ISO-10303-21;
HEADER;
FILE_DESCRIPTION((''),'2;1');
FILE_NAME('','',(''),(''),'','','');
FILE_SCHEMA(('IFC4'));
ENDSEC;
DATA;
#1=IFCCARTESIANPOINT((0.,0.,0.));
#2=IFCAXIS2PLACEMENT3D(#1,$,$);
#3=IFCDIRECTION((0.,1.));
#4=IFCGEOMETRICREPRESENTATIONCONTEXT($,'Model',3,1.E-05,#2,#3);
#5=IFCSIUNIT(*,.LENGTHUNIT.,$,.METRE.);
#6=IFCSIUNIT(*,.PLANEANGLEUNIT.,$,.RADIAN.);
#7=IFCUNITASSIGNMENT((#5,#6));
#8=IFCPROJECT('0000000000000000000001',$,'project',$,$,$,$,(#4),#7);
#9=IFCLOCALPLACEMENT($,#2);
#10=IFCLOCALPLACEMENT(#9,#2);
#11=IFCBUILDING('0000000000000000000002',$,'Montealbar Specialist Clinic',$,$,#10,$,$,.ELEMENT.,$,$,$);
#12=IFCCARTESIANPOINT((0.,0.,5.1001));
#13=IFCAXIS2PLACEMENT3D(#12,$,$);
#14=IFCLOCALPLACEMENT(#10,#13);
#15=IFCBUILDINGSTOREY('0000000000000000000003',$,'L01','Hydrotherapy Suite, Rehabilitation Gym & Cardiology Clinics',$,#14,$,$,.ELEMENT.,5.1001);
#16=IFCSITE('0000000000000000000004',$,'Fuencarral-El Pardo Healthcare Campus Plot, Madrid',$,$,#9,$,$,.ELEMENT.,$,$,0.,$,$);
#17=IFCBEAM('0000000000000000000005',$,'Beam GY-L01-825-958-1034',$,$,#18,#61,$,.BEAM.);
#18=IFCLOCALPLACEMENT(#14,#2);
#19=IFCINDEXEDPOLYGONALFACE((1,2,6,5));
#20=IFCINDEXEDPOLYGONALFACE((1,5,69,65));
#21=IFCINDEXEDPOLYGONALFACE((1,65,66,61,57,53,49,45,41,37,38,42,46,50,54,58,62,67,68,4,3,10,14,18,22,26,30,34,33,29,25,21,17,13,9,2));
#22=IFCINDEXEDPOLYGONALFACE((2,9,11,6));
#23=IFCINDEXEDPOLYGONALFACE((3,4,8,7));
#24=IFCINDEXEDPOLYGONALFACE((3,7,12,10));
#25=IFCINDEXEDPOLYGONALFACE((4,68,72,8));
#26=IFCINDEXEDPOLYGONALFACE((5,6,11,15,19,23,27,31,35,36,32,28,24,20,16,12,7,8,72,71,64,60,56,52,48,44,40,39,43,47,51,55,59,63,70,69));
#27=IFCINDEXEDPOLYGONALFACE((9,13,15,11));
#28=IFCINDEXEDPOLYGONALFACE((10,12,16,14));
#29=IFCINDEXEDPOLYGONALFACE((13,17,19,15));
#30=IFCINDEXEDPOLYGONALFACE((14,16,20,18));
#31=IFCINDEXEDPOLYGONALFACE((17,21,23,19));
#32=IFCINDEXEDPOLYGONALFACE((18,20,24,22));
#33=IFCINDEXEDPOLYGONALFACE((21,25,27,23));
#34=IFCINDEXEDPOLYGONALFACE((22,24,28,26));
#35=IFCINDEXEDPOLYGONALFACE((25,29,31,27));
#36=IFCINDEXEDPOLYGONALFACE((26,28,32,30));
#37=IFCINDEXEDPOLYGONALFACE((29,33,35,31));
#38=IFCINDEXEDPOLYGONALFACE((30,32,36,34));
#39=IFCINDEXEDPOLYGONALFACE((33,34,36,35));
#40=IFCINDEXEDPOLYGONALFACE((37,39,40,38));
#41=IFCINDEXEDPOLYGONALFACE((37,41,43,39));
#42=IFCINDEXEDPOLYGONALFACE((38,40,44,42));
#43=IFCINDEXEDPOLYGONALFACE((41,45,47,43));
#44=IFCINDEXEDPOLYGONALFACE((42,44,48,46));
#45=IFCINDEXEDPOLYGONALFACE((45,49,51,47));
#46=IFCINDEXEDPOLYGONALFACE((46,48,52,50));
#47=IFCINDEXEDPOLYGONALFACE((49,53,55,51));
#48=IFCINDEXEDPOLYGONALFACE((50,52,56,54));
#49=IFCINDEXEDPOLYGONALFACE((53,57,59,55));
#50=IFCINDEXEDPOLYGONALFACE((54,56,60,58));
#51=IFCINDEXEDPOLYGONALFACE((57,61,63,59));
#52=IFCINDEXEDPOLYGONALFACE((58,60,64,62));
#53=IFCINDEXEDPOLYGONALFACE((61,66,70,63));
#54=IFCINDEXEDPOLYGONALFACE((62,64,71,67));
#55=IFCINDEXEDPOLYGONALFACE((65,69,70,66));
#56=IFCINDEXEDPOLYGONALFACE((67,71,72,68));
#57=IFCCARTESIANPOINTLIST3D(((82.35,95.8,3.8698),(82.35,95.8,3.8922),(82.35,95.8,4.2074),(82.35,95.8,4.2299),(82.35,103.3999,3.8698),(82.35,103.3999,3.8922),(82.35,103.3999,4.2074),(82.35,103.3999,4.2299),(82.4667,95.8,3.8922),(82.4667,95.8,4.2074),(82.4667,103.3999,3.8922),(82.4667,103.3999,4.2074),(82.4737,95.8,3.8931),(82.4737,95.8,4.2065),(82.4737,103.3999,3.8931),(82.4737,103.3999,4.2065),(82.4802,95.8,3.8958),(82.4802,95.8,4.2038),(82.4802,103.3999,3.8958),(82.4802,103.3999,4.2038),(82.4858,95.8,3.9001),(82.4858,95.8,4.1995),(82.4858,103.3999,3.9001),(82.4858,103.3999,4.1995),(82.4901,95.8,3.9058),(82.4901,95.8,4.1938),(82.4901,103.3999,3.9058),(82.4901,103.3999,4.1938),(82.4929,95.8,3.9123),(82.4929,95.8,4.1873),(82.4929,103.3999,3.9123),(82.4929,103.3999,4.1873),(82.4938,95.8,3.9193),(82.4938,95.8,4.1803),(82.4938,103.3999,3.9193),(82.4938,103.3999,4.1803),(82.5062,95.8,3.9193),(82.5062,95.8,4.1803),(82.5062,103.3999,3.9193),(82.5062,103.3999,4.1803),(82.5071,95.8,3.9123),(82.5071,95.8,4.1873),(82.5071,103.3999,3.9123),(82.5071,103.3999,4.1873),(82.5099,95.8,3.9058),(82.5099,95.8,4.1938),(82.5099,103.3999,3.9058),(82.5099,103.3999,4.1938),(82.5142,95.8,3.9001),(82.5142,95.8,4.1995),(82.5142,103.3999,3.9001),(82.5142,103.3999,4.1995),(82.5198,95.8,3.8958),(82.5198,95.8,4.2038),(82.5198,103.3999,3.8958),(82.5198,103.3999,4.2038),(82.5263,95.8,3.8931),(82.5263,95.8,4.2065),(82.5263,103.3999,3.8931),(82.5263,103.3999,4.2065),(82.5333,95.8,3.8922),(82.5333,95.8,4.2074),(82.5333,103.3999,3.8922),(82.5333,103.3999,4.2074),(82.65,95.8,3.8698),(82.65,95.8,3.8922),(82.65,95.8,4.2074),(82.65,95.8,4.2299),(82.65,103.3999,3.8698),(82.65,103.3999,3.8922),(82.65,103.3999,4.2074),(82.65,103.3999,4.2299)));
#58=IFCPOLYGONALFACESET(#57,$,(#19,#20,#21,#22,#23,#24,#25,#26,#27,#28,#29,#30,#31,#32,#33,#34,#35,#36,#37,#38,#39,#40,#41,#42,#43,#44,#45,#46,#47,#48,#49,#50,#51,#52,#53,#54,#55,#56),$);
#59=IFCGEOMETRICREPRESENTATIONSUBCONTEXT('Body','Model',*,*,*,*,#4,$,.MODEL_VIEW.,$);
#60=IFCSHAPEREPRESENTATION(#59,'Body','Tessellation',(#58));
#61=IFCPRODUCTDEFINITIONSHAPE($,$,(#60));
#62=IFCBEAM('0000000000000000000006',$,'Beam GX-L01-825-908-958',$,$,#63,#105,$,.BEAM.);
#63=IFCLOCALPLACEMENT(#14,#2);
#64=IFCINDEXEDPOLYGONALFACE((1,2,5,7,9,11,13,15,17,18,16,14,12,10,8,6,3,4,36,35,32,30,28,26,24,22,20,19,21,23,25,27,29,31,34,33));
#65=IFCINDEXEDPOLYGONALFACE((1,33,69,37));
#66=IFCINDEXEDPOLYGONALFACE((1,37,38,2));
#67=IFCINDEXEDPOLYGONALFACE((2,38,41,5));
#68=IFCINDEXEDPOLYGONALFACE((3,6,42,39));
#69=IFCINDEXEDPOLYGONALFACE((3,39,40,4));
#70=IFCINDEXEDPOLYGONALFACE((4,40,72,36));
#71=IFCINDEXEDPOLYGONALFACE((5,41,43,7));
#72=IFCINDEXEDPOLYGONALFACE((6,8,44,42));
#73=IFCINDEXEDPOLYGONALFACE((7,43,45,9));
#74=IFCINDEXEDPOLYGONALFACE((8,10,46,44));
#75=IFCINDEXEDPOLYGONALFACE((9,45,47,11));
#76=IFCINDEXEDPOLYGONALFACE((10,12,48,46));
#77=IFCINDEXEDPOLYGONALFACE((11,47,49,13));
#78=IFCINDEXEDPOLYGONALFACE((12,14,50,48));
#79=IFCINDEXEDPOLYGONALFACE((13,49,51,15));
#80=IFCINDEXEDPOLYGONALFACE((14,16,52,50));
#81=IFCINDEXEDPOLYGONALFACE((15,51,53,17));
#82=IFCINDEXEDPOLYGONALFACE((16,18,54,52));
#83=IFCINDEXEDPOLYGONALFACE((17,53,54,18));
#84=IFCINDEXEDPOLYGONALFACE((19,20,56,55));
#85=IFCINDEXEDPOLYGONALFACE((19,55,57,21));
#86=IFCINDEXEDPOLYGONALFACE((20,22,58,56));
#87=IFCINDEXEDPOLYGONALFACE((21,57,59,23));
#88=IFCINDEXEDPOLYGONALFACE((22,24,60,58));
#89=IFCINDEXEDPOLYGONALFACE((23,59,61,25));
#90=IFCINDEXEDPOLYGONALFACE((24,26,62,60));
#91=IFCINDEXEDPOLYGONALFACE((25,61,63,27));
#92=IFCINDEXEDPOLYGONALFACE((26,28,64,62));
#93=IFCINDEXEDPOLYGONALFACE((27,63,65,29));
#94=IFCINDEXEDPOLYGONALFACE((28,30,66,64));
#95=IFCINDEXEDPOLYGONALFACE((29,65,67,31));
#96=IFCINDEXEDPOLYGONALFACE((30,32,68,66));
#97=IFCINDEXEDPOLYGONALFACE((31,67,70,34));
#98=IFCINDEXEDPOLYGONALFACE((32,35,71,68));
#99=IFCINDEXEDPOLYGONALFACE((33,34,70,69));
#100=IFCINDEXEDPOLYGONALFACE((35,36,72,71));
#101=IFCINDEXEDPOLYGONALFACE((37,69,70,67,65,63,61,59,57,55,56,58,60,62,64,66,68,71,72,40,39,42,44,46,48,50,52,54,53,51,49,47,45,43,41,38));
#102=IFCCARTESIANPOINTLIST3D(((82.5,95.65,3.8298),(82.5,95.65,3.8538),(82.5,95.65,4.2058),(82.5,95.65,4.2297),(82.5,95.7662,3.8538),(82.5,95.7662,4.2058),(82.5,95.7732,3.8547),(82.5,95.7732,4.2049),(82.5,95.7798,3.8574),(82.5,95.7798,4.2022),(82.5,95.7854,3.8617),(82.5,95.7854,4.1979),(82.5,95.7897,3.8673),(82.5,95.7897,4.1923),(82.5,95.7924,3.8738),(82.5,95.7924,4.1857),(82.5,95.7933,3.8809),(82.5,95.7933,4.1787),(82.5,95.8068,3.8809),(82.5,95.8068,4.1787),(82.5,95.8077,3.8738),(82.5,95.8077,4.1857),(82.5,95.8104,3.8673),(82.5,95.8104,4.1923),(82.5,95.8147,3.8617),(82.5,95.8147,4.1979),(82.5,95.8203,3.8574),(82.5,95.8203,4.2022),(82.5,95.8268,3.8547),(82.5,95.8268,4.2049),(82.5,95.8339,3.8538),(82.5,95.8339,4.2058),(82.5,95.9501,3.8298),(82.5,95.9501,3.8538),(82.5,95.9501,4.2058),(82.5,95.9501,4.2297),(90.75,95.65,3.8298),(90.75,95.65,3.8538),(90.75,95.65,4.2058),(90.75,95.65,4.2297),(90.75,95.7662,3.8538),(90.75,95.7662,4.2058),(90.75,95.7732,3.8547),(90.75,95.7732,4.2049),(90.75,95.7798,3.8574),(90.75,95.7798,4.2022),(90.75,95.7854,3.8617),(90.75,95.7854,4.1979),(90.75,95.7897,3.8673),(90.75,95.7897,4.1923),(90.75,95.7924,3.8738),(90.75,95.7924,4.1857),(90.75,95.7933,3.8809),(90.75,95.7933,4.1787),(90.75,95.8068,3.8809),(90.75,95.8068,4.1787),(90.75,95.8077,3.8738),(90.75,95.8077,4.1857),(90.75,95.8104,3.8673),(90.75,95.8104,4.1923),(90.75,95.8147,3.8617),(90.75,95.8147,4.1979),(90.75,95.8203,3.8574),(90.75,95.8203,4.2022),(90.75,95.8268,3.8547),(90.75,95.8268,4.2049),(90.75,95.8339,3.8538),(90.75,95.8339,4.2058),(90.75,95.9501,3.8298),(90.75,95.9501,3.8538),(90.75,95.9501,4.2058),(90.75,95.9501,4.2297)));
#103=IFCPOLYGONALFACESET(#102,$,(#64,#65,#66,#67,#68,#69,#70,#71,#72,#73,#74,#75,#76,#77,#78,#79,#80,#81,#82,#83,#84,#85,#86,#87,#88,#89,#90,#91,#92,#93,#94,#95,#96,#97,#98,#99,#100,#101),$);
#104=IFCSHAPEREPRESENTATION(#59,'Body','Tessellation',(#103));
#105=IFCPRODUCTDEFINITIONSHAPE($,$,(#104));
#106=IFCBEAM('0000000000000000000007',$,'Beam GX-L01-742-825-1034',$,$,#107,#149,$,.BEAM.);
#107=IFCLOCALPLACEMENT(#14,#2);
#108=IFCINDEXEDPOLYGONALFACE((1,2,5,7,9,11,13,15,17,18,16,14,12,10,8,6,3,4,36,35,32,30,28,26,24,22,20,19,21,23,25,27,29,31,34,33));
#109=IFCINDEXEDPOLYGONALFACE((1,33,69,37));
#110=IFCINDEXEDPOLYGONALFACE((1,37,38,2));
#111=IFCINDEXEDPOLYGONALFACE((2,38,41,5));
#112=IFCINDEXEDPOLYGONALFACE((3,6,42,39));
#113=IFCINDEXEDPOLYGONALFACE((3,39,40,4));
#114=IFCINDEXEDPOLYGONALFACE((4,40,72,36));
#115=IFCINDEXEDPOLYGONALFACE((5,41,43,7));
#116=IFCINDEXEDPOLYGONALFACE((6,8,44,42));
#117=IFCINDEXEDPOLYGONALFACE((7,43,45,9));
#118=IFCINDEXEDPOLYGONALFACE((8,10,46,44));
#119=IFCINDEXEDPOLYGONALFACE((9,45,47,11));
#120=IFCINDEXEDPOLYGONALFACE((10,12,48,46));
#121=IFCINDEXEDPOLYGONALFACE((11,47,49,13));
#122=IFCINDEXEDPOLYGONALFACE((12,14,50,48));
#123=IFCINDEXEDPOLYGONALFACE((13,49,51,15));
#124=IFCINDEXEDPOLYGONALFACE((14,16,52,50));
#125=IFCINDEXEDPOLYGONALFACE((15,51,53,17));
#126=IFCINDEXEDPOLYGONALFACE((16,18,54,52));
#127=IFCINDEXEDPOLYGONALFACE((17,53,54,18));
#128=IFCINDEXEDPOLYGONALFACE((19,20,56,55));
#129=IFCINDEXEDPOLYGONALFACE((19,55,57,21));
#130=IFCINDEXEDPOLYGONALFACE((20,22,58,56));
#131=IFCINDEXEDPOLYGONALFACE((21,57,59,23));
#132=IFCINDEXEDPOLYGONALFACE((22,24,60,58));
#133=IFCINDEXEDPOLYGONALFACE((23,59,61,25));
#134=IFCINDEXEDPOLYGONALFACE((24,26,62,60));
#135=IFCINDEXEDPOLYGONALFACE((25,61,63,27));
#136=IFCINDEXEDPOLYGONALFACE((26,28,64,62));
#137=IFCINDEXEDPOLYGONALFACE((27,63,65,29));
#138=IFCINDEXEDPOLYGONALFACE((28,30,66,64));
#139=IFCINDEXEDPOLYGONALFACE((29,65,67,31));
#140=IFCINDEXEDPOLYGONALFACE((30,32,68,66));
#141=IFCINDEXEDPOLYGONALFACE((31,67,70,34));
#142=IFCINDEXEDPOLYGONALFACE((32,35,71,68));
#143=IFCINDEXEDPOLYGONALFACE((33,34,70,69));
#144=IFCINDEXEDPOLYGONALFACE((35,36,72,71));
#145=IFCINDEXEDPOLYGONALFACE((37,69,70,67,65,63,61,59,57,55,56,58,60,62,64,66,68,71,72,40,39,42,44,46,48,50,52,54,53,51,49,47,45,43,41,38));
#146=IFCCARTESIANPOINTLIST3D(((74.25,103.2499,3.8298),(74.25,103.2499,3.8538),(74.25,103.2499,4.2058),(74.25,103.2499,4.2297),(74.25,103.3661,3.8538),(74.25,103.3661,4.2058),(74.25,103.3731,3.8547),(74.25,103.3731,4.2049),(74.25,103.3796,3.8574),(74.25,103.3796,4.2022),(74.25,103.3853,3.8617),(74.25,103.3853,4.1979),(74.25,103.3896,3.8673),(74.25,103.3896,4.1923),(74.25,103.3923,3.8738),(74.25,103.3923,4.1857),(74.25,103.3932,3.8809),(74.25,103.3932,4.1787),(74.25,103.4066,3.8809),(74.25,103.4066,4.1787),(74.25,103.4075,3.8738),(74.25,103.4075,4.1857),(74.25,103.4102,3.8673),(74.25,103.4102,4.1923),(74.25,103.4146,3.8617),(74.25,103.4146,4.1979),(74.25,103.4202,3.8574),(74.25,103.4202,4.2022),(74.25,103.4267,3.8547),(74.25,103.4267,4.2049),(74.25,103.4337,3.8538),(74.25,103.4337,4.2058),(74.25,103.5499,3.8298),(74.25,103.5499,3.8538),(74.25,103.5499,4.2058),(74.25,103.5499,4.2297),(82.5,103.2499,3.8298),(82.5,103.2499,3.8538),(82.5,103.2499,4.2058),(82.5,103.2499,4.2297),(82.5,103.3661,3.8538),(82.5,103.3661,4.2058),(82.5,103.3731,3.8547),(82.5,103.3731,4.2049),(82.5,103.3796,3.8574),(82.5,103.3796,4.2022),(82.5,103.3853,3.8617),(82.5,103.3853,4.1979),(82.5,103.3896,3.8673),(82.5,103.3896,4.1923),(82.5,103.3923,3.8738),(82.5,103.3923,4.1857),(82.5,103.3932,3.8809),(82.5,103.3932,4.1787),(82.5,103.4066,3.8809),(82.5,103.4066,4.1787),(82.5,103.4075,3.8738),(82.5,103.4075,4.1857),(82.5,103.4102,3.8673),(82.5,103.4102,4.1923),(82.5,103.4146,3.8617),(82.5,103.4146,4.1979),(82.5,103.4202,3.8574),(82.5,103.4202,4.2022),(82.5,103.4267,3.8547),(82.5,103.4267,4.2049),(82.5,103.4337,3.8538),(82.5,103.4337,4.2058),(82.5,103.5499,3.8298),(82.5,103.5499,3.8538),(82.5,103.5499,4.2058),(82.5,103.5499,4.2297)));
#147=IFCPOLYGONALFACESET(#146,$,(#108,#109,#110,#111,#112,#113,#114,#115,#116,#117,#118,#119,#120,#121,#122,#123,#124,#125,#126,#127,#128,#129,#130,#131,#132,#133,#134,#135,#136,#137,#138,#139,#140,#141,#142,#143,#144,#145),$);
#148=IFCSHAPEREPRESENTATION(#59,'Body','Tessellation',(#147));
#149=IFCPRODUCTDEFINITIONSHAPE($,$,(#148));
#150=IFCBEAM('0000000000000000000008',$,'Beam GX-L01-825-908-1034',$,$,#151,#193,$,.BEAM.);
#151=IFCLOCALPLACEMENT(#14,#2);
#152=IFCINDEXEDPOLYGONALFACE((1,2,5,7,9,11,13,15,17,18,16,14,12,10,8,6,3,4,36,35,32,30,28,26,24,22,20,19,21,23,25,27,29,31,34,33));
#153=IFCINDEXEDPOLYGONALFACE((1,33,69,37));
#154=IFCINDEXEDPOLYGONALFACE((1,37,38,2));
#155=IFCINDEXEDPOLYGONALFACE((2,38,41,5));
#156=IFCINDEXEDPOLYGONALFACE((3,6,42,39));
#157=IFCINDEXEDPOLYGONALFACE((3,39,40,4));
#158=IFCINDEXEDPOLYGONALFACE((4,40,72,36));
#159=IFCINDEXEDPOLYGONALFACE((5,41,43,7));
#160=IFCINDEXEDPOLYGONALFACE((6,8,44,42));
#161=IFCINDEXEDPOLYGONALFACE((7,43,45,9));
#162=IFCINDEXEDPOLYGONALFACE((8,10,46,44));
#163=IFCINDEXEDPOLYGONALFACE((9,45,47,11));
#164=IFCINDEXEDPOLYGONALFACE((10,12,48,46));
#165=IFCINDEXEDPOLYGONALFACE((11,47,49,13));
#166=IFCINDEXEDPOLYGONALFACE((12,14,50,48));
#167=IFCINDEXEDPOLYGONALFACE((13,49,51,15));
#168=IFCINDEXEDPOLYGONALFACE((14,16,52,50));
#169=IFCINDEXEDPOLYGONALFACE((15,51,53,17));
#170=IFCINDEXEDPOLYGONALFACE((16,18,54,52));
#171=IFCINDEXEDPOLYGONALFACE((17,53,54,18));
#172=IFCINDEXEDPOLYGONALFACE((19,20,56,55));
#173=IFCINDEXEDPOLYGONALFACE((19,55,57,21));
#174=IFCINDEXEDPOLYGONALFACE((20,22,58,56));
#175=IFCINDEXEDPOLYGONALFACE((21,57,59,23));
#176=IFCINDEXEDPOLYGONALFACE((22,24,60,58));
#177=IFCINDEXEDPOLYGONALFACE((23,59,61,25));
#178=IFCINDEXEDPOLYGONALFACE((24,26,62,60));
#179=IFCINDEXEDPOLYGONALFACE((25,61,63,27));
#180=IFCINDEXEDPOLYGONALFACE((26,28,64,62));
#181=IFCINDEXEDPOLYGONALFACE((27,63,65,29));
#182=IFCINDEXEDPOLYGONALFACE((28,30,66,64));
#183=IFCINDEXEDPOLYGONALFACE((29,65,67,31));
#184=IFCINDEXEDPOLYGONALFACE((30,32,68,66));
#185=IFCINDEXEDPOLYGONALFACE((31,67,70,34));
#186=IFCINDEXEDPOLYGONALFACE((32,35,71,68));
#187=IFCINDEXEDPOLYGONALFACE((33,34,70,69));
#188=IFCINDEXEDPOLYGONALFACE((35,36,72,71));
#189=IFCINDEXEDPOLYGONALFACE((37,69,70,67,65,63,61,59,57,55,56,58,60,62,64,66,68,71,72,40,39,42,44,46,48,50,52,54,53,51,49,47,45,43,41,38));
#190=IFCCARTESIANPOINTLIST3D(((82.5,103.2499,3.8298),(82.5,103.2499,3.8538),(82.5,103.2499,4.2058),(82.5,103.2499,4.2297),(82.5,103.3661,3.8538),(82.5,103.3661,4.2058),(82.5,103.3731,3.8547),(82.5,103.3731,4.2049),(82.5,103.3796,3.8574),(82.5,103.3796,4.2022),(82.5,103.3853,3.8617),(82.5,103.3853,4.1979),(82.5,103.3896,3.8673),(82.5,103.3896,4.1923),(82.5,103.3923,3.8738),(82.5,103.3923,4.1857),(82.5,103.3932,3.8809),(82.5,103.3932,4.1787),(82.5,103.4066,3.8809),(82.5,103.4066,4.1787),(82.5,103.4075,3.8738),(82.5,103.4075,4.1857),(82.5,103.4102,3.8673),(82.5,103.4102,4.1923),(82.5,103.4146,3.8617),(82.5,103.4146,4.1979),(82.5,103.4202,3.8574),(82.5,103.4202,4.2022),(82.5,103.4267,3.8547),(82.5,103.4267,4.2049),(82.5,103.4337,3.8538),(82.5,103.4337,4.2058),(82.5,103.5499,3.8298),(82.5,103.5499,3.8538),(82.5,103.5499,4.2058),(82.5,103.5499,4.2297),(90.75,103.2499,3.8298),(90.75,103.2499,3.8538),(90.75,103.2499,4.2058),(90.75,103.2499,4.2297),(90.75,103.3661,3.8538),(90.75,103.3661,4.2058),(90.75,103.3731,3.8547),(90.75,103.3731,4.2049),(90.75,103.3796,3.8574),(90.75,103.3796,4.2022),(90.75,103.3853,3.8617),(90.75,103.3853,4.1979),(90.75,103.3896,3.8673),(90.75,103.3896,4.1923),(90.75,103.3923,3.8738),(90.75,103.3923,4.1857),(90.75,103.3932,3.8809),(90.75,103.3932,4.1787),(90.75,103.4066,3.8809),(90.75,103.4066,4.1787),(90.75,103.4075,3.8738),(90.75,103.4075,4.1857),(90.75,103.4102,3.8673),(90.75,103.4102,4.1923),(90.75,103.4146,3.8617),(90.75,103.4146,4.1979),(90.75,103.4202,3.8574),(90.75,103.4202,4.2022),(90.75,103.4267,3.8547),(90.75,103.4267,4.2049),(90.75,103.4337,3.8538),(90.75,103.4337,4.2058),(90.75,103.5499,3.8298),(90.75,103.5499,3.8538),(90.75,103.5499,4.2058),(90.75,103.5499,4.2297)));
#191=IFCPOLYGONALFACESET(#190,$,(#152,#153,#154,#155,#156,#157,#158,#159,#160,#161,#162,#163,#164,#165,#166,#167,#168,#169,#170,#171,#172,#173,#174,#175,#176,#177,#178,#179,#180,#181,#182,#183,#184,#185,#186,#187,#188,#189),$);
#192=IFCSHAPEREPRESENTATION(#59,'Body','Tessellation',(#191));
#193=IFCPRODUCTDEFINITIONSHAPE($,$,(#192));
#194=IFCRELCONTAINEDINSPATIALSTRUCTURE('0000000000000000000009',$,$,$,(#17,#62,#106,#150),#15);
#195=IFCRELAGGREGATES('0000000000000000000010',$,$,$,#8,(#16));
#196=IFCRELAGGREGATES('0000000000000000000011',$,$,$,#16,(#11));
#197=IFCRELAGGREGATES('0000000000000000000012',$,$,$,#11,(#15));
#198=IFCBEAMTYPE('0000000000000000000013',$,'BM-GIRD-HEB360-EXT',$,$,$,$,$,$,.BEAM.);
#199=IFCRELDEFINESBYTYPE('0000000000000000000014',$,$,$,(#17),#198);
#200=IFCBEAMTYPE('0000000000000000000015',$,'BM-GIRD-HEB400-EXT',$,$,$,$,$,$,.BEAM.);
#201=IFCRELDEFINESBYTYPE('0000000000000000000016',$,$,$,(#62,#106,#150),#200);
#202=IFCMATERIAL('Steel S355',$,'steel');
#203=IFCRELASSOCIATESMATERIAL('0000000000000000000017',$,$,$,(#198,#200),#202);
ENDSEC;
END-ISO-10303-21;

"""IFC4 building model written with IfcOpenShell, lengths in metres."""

from ifc_helpers import new_model, si_unit, direction, frame, origin, origin_2d, place, context, subcontext, project, spatial, i_section, extrude, material, material_profile, profile_set, type_object, element, save


model = new_model("IFC4")

# Units and contexts
model_context = context("Model", 3, precision=1e-05, world=origin(), true_north=direction((0.0, 1.0)))
body_context = subcontext(model_context, "Body", "Model", "MODEL_VIEW")
ifc_project = project(units=[si_unit("LENGTHUNIT", "METRE"), si_unit("PLANEANGLEUNIT", "RADIAN")], contexts=[model_context])

# Site, building, storey
site_placement = place(None, origin())
site = spatial("IfcSite", under=ifc_project, at=site_placement, Name="Fuencarral-El Pardo Healthcare Campus Plot, Madrid", CompositionType="ELEMENT", RefElevation=0.0)
building_placement = place(site_placement, origin())
building = spatial("IfcBuilding", under=site, at=building_placement, Name="Montealbar Specialist Clinic", CompositionType="ELEMENT")
storey_placement = place(building_placement, frame((0.0, 0.0, 5.1001)))
storey = spatial("IfcBuildingStorey", under=building, at=storey_placement, Name="L01", Description="Hydrotherapy Suite, Rehabilitation Gym & Cardiology Clinics", CompositionType="ELEMENT", Elevation=5.1001)

# Shared definitions
ifc_material_1 = material(Name="Steel S355", Category="steel")

# Beams
ifc_material_profile_1 = material_profile(ifc_material_1, i_section(OverallWidth=0.3, OverallDepth=0.3601, WebThickness=0.0125, FlangeThickness=0.0225, FilletRadius=0.0271, at=origin_2d()), Name="HEB 360", Category="steel")
ifc_profile_set_1 = profile_set([ifc_material_profile_1], Name="Steel S355")
beam_type_1 = type_object("IfcBeamType", Name="BM-GIRD-HEB360-EXT", PredefinedType="BEAM", material=ifc_profile_set_1)
beam_1_placement = place(storey_placement, frame((82.5, 95.8, 4.0498), z_axis=(0.0, 1.0, 0.0), x_axis=(-1.0, 0.0, 0.0)))
element("IfcBeam", 1, at=beam_1_placement, inside=storey, type_object=beam_type_1, Name="Beam GY-L01-825-958-1034", PredefinedType="BEAM", context=body_context, shape_type="SweptSolid", body=[
    extrude(i_section(OverallWidth=0.3, OverallDepth=0.3601, WebThickness=0.0125, FlangeThickness=0.0225, FilletRadius=0.0271, at=origin_2d()), origin(), (0.0, 0.0, 1.0), 7.5999),
])
ifc_material_profile_2 = material_profile(ifc_material_1, i_section(OverallWidth=0.3, OverallDepth=0.3999, WebThickness=0.0134, FlangeThickness=0.0239, FilletRadius=0.0271, at=origin_2d()), Name="HEB 400", Category="steel")
ifc_profile_set_2 = profile_set([ifc_material_profile_2], Name="Steel S355")
beam_type_2 = type_object("IfcBeamType", Name="BM-GIRD-HEB400-EXT", PredefinedType="BEAM", material=ifc_profile_set_2)
for number, where, z_axis, x_axis, name in (
    (2, (82.5, 95.8, 4.0298), (1.0, 0.0, 0.0), (0.0, 1.0, 0.0), "Beam GX-L01-825-908-958"),
    (3, (74.25, 103.3999, 4.0298), (1.0, 0.0, 0.0), (0.0, 1.0, 0.0), "Beam GX-L01-742-825-1034"),
    (4, (82.5, 103.3999, 4.0298), (1.0, 0.0, 0.0), (0.0, 1.0, 0.0), "Beam GX-L01-825-908-1034"),
):
    element("IfcBeam", number, at=place(storey_placement, frame(where, z_axis=z_axis, x_axis=x_axis)), inside=storey, type_object=beam_type_2, Name=name, PredefinedType="BEAM", context=body_context, shape_type="SweptSolid", body=[
        extrude(i_section(OverallWidth=0.3, OverallDepth=0.3999, WebThickness=0.0134, FlangeThickness=0.0239, FilletRadius=0.0271, at=origin_2d()), origin(), (0.0, 0.0, 1.0), 8.25),
    ])

save(model, "model.ifc")
